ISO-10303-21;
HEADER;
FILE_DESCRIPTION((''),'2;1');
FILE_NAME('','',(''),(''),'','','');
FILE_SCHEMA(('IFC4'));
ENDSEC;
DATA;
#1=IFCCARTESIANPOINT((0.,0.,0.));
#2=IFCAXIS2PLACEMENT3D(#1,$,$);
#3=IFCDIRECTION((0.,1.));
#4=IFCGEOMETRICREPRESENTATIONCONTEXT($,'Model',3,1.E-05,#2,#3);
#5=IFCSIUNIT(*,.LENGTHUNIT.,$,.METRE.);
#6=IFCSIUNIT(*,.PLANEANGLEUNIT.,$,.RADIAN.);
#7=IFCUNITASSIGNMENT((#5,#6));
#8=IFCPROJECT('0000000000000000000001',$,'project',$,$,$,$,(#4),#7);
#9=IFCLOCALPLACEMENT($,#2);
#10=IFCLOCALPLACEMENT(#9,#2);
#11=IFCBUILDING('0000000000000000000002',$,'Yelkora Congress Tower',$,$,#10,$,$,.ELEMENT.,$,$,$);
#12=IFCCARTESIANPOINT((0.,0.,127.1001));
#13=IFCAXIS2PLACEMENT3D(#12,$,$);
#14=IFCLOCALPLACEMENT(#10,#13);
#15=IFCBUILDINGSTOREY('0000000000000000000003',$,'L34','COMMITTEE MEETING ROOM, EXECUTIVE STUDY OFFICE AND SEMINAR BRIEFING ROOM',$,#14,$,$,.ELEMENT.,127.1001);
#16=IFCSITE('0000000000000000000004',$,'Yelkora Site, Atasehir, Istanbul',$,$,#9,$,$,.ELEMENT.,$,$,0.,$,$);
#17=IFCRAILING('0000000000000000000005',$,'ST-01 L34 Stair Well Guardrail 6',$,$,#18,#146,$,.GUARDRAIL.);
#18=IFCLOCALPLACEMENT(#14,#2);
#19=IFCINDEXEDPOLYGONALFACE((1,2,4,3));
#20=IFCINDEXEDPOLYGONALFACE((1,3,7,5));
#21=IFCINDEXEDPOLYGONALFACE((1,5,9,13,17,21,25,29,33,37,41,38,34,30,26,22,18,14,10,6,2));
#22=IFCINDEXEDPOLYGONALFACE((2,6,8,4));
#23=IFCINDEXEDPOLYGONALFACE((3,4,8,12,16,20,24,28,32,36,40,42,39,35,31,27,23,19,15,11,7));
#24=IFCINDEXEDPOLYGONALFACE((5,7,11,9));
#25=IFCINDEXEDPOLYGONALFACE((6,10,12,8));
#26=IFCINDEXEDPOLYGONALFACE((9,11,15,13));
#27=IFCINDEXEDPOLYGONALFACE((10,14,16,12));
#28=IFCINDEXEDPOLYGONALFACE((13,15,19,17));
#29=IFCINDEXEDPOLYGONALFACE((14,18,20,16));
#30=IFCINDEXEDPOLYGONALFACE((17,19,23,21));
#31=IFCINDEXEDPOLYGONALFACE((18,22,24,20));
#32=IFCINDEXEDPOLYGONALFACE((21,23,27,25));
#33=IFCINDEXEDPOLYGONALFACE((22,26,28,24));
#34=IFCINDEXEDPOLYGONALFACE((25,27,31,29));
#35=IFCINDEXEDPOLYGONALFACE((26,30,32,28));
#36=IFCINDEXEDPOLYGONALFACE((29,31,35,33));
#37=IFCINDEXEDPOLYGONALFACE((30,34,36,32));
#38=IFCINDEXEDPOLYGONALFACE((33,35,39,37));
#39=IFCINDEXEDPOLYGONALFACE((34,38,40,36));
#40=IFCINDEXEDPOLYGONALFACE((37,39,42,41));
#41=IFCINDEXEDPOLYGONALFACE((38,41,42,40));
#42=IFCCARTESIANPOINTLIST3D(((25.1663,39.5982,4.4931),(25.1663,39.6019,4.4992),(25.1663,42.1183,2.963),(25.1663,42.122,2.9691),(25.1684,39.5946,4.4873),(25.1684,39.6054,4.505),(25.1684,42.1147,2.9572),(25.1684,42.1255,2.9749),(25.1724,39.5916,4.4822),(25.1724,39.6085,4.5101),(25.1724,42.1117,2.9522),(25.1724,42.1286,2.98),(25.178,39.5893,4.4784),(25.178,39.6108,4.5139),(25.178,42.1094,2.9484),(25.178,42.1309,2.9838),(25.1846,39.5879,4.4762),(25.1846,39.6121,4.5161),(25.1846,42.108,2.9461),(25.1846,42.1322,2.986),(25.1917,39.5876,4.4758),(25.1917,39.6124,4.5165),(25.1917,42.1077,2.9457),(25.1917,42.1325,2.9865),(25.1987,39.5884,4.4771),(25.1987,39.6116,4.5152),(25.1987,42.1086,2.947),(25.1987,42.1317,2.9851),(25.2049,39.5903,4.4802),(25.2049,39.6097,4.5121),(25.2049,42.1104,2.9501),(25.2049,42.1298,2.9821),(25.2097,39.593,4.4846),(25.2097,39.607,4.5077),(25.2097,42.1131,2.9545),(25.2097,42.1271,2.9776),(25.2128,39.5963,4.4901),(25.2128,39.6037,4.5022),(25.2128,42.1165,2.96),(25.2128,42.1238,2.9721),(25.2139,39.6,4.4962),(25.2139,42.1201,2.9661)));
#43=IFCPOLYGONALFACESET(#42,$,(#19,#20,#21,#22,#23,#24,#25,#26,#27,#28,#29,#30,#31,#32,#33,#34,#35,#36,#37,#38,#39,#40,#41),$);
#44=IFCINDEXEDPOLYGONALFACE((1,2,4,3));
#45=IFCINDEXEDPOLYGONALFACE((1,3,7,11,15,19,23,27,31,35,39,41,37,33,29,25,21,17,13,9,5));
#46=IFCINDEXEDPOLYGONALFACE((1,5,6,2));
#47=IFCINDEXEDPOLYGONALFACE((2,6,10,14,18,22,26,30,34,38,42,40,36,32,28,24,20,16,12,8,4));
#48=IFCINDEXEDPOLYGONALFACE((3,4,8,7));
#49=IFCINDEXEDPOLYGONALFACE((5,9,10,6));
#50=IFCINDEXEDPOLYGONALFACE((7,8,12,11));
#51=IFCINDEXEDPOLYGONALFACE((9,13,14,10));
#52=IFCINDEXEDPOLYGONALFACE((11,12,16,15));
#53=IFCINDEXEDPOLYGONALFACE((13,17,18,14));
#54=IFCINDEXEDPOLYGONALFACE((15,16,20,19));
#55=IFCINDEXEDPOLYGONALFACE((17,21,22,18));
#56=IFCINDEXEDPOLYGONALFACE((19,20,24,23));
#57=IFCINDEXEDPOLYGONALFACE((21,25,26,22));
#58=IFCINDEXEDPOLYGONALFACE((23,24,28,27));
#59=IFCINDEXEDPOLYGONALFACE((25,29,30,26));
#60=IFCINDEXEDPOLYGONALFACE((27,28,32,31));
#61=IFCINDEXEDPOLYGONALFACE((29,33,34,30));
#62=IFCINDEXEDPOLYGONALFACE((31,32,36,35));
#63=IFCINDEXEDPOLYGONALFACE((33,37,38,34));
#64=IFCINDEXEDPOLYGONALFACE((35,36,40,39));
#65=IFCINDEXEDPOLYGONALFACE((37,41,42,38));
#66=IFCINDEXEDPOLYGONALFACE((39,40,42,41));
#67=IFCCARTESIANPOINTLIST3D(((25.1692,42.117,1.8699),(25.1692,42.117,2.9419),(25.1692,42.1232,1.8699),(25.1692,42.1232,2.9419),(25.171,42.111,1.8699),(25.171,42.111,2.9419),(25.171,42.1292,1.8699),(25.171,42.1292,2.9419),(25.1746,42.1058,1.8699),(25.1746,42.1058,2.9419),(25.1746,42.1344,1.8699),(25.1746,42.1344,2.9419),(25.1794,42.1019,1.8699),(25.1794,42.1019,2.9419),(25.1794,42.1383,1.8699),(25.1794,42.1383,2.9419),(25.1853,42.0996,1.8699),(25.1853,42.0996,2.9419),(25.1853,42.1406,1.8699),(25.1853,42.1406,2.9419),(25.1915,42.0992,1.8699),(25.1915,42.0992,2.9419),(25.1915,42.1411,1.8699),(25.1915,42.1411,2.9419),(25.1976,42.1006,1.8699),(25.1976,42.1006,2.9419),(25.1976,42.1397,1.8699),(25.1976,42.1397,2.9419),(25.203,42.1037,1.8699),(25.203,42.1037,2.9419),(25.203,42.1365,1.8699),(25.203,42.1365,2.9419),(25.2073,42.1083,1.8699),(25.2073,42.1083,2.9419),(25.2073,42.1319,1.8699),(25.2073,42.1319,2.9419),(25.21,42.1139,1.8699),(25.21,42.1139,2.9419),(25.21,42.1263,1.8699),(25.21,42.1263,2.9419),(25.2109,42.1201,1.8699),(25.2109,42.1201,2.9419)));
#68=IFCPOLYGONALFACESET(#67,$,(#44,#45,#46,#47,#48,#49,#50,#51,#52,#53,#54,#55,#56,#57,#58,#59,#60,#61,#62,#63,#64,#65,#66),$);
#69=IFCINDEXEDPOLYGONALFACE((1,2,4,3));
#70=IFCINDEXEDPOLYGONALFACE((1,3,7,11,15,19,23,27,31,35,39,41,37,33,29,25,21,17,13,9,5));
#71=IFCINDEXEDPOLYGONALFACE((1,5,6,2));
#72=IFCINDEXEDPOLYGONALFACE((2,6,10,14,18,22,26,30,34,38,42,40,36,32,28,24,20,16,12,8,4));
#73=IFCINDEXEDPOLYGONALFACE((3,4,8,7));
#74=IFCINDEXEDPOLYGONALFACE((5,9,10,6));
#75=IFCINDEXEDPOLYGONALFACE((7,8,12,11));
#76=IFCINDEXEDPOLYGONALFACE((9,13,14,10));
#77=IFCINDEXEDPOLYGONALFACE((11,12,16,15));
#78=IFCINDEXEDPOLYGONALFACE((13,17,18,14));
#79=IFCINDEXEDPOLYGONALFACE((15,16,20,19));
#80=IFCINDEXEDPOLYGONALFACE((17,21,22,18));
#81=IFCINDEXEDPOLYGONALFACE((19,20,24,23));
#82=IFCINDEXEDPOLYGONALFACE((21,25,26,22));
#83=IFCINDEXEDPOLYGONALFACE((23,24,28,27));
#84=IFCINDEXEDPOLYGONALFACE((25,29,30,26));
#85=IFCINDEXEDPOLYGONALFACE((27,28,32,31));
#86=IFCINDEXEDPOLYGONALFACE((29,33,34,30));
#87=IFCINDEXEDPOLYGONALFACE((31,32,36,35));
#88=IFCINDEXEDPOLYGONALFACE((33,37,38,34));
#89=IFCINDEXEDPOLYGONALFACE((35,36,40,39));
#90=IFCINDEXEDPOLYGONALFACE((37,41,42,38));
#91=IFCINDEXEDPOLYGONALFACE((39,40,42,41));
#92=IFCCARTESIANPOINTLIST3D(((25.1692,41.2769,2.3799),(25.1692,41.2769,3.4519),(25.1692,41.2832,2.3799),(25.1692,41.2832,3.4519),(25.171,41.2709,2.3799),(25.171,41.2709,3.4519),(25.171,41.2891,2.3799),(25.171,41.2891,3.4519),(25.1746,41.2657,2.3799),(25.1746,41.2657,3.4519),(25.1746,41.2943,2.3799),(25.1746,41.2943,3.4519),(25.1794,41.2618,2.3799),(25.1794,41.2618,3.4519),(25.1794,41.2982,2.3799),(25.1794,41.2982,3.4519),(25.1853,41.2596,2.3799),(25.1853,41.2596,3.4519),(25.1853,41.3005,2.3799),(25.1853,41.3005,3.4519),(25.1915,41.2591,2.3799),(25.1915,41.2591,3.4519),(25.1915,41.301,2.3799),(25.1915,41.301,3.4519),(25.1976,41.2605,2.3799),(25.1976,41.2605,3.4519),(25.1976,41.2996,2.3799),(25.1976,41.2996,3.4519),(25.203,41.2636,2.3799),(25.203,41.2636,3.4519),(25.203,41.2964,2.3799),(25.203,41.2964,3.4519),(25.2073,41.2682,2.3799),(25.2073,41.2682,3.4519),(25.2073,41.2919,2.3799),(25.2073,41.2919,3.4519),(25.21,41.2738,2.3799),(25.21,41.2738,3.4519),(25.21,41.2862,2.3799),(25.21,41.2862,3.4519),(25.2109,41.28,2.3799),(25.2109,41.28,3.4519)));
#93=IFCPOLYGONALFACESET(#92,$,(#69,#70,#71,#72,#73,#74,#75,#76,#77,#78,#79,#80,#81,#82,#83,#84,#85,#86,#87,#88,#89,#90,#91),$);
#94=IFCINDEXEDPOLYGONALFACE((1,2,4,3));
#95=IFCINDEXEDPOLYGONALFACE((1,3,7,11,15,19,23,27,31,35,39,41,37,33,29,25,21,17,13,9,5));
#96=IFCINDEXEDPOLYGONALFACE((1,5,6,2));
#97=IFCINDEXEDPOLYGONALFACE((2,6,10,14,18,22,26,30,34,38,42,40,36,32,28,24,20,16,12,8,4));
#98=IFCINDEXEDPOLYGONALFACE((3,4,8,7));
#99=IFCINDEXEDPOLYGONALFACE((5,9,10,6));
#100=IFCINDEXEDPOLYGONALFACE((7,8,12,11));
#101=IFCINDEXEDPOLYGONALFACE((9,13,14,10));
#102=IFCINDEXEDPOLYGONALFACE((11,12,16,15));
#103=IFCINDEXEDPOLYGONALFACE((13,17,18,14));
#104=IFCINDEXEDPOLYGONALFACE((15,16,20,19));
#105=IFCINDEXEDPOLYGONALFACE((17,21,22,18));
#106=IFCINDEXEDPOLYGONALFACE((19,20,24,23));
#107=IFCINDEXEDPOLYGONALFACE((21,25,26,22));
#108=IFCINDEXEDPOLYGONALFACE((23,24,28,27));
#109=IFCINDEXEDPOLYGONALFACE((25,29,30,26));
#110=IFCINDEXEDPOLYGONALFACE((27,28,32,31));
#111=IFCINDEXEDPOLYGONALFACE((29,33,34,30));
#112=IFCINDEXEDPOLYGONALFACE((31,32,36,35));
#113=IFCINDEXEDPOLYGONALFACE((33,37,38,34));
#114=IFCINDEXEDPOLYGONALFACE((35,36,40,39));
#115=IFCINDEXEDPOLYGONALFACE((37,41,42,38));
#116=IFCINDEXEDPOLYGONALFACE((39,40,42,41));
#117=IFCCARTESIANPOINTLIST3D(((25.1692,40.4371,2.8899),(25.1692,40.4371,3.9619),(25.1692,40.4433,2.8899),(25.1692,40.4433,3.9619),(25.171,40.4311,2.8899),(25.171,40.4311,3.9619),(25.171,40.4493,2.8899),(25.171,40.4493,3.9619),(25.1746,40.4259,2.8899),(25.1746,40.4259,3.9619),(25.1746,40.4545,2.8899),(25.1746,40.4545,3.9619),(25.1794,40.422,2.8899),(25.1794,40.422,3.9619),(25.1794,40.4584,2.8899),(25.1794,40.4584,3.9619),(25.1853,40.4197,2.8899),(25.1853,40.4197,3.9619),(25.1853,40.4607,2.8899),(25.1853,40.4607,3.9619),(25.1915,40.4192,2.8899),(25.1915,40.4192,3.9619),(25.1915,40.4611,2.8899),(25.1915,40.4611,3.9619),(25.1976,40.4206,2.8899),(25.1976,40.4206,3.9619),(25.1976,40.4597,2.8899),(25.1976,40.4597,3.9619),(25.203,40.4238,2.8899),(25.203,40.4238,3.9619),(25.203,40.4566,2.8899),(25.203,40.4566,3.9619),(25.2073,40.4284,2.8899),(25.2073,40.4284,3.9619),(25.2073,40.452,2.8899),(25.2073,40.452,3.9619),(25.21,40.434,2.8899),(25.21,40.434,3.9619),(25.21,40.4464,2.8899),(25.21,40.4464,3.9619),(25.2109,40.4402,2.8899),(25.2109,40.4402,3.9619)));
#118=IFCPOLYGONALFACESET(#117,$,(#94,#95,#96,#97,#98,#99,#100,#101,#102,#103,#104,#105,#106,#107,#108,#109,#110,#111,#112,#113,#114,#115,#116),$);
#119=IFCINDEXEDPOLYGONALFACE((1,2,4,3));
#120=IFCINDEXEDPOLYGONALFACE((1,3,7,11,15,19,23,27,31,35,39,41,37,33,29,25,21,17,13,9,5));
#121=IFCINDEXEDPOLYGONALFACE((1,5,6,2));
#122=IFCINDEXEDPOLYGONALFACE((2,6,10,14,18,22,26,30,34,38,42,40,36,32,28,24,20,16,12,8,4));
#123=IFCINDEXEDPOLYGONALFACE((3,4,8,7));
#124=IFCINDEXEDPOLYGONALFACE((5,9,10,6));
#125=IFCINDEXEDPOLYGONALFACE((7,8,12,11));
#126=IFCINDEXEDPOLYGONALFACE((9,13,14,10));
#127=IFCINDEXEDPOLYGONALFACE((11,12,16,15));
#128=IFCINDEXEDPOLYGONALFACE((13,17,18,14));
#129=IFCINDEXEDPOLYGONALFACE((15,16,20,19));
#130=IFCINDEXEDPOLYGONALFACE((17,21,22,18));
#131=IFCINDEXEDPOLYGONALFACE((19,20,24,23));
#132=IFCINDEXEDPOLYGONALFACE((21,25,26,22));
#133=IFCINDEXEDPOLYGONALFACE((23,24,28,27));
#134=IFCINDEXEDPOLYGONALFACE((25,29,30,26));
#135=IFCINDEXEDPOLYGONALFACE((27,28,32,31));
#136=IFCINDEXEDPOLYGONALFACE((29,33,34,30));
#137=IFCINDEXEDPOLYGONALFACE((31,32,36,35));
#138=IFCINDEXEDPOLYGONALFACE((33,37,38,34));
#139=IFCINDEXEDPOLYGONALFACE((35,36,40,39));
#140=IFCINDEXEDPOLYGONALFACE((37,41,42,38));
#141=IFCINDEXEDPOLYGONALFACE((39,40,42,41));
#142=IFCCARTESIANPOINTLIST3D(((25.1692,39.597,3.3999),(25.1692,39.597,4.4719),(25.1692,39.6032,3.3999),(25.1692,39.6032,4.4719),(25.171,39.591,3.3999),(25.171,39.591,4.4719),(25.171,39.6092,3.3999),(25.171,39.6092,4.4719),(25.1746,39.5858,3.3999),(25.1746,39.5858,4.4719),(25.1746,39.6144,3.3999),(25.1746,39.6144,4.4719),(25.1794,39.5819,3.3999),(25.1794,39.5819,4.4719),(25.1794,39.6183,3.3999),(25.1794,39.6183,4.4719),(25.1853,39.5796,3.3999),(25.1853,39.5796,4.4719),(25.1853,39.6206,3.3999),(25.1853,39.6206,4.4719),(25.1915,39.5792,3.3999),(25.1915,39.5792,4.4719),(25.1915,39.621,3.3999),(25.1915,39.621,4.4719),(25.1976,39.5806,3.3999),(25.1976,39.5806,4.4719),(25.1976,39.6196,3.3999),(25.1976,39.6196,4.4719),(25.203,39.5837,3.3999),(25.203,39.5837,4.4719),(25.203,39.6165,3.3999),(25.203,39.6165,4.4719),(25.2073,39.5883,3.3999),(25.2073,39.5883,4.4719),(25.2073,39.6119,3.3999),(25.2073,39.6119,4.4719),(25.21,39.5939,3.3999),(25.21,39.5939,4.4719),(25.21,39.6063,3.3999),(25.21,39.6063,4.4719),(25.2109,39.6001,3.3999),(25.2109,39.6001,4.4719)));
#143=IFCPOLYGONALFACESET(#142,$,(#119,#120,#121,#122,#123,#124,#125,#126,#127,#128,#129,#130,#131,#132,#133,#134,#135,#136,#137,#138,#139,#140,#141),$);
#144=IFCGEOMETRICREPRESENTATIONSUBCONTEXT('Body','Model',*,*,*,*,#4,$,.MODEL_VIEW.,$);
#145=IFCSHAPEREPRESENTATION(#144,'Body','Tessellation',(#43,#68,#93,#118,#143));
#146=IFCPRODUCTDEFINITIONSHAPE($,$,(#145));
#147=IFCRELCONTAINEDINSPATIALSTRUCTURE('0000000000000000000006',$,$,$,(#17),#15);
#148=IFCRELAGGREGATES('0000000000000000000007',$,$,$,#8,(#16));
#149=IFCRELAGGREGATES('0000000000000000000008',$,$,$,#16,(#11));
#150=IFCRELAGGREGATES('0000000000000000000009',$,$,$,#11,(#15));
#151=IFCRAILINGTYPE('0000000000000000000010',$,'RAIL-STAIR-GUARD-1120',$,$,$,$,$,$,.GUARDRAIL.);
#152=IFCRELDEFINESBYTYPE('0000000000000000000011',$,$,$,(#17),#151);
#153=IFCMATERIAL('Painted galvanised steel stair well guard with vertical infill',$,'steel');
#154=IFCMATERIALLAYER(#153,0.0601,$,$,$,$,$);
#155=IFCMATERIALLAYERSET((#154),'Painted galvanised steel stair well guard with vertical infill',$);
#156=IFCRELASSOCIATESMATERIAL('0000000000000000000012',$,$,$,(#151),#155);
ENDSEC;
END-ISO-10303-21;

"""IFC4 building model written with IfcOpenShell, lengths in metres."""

from ifc_helpers import new_model, si_unit, direction, frame, origin, origin_2d, place, context, subcontext, project, spatial, circle, extrude, material, layer, layer_set, type_object, element, save


model = new_model("IFC4")

# Units and contexts
model_context = context("Model", 3, precision=1e-05, world=origin(), true_north=direction((0.0, 1.0)))
body_context = subcontext(model_context, "Body", "Model", "MODEL_VIEW")
ifc_project = project(units=[si_unit("LENGTHUNIT", "METRE"), si_unit("PLANEANGLEUNIT", "RADIAN")], contexts=[model_context])

# Site, building, storey
site_placement = place(None, origin())
site = spatial("IfcSite", under=ifc_project, at=site_placement, Name="Yelkora Site, Atasehir, Istanbul", CompositionType="ELEMENT", RefElevation=0.0)
building_placement = place(site_placement, origin())
building = spatial("IfcBuilding", under=site, at=building_placement, Name="Yelkora Congress Tower", CompositionType="ELEMENT")
storey_placement = place(building_placement, frame((0.0, 0.0, 127.1001)))
storey = spatial("IfcBuildingStorey", under=building, at=storey_placement, Name="L34", Description="COMMITTEE MEETING ROOM, EXECUTIVE STUDY OFFICE AND SEMINAR BRIEFING ROOM", CompositionType="ELEMENT", Elevation=127.1001)

# Railing
ifc_material_1 = material(Name="Painted galvanised steel stair well guard with vertical infill", Category="steel")
ifc_layer_1 = layer(ifc_material_1, 0.0601)
ifc_layer_set_1 = layer_set([ifc_layer_1], Name="Painted galvanised steel stair well guard with vertical infill")
railing_type_1 = type_object("IfcRailingType", Name="RAIL-STAIR-GUARD-1120", PredefinedType="GUARDRAIL", material=ifc_layer_set_1)
railing_1_placement = place(storey_placement, frame((25.1899, 42.1201, 1.8699)))
element("IfcRailing", 1, at=railing_1_placement, inside=storey, type_object=railing_type_1, Name="ST-01 L34 Stair Well Guardrail 6", PredefinedType="GUARDRAIL", context=body_context, shape_type="SweptSolid", body=[
    extrude(circle(Radius=0.0239, at=origin_2d()), frame((0.0, 0.0, 1.0962), z_axis=(0.0, -0.854785, 0.518982), x_axis=(1.0, 0.0, 0.0)), (0.0, 0.0, 1.0), 2.9482),
    extrude(circle(Radius=0.021, at=origin_2d()), origin(), (0.0, 0.0, 1.0), 1.072),
    extrude(circle(Radius=0.021, at=origin_2d()), frame((0.0, -0.8401, 0.51)), (0.0, 0.0, 1.0), 1.072),
    extrude(circle(Radius=0.021, at=origin_2d()), frame((0.0, -1.6799, 1.02)), (0.0, 0.0, 1.0), 1.072),
    extrude(circle(Radius=0.021, at=origin_2d()), frame((0.0, -2.52, 1.53)), (0.0, 0.0, 1.0), 1.072),
])

save(model, "model.ifc")
